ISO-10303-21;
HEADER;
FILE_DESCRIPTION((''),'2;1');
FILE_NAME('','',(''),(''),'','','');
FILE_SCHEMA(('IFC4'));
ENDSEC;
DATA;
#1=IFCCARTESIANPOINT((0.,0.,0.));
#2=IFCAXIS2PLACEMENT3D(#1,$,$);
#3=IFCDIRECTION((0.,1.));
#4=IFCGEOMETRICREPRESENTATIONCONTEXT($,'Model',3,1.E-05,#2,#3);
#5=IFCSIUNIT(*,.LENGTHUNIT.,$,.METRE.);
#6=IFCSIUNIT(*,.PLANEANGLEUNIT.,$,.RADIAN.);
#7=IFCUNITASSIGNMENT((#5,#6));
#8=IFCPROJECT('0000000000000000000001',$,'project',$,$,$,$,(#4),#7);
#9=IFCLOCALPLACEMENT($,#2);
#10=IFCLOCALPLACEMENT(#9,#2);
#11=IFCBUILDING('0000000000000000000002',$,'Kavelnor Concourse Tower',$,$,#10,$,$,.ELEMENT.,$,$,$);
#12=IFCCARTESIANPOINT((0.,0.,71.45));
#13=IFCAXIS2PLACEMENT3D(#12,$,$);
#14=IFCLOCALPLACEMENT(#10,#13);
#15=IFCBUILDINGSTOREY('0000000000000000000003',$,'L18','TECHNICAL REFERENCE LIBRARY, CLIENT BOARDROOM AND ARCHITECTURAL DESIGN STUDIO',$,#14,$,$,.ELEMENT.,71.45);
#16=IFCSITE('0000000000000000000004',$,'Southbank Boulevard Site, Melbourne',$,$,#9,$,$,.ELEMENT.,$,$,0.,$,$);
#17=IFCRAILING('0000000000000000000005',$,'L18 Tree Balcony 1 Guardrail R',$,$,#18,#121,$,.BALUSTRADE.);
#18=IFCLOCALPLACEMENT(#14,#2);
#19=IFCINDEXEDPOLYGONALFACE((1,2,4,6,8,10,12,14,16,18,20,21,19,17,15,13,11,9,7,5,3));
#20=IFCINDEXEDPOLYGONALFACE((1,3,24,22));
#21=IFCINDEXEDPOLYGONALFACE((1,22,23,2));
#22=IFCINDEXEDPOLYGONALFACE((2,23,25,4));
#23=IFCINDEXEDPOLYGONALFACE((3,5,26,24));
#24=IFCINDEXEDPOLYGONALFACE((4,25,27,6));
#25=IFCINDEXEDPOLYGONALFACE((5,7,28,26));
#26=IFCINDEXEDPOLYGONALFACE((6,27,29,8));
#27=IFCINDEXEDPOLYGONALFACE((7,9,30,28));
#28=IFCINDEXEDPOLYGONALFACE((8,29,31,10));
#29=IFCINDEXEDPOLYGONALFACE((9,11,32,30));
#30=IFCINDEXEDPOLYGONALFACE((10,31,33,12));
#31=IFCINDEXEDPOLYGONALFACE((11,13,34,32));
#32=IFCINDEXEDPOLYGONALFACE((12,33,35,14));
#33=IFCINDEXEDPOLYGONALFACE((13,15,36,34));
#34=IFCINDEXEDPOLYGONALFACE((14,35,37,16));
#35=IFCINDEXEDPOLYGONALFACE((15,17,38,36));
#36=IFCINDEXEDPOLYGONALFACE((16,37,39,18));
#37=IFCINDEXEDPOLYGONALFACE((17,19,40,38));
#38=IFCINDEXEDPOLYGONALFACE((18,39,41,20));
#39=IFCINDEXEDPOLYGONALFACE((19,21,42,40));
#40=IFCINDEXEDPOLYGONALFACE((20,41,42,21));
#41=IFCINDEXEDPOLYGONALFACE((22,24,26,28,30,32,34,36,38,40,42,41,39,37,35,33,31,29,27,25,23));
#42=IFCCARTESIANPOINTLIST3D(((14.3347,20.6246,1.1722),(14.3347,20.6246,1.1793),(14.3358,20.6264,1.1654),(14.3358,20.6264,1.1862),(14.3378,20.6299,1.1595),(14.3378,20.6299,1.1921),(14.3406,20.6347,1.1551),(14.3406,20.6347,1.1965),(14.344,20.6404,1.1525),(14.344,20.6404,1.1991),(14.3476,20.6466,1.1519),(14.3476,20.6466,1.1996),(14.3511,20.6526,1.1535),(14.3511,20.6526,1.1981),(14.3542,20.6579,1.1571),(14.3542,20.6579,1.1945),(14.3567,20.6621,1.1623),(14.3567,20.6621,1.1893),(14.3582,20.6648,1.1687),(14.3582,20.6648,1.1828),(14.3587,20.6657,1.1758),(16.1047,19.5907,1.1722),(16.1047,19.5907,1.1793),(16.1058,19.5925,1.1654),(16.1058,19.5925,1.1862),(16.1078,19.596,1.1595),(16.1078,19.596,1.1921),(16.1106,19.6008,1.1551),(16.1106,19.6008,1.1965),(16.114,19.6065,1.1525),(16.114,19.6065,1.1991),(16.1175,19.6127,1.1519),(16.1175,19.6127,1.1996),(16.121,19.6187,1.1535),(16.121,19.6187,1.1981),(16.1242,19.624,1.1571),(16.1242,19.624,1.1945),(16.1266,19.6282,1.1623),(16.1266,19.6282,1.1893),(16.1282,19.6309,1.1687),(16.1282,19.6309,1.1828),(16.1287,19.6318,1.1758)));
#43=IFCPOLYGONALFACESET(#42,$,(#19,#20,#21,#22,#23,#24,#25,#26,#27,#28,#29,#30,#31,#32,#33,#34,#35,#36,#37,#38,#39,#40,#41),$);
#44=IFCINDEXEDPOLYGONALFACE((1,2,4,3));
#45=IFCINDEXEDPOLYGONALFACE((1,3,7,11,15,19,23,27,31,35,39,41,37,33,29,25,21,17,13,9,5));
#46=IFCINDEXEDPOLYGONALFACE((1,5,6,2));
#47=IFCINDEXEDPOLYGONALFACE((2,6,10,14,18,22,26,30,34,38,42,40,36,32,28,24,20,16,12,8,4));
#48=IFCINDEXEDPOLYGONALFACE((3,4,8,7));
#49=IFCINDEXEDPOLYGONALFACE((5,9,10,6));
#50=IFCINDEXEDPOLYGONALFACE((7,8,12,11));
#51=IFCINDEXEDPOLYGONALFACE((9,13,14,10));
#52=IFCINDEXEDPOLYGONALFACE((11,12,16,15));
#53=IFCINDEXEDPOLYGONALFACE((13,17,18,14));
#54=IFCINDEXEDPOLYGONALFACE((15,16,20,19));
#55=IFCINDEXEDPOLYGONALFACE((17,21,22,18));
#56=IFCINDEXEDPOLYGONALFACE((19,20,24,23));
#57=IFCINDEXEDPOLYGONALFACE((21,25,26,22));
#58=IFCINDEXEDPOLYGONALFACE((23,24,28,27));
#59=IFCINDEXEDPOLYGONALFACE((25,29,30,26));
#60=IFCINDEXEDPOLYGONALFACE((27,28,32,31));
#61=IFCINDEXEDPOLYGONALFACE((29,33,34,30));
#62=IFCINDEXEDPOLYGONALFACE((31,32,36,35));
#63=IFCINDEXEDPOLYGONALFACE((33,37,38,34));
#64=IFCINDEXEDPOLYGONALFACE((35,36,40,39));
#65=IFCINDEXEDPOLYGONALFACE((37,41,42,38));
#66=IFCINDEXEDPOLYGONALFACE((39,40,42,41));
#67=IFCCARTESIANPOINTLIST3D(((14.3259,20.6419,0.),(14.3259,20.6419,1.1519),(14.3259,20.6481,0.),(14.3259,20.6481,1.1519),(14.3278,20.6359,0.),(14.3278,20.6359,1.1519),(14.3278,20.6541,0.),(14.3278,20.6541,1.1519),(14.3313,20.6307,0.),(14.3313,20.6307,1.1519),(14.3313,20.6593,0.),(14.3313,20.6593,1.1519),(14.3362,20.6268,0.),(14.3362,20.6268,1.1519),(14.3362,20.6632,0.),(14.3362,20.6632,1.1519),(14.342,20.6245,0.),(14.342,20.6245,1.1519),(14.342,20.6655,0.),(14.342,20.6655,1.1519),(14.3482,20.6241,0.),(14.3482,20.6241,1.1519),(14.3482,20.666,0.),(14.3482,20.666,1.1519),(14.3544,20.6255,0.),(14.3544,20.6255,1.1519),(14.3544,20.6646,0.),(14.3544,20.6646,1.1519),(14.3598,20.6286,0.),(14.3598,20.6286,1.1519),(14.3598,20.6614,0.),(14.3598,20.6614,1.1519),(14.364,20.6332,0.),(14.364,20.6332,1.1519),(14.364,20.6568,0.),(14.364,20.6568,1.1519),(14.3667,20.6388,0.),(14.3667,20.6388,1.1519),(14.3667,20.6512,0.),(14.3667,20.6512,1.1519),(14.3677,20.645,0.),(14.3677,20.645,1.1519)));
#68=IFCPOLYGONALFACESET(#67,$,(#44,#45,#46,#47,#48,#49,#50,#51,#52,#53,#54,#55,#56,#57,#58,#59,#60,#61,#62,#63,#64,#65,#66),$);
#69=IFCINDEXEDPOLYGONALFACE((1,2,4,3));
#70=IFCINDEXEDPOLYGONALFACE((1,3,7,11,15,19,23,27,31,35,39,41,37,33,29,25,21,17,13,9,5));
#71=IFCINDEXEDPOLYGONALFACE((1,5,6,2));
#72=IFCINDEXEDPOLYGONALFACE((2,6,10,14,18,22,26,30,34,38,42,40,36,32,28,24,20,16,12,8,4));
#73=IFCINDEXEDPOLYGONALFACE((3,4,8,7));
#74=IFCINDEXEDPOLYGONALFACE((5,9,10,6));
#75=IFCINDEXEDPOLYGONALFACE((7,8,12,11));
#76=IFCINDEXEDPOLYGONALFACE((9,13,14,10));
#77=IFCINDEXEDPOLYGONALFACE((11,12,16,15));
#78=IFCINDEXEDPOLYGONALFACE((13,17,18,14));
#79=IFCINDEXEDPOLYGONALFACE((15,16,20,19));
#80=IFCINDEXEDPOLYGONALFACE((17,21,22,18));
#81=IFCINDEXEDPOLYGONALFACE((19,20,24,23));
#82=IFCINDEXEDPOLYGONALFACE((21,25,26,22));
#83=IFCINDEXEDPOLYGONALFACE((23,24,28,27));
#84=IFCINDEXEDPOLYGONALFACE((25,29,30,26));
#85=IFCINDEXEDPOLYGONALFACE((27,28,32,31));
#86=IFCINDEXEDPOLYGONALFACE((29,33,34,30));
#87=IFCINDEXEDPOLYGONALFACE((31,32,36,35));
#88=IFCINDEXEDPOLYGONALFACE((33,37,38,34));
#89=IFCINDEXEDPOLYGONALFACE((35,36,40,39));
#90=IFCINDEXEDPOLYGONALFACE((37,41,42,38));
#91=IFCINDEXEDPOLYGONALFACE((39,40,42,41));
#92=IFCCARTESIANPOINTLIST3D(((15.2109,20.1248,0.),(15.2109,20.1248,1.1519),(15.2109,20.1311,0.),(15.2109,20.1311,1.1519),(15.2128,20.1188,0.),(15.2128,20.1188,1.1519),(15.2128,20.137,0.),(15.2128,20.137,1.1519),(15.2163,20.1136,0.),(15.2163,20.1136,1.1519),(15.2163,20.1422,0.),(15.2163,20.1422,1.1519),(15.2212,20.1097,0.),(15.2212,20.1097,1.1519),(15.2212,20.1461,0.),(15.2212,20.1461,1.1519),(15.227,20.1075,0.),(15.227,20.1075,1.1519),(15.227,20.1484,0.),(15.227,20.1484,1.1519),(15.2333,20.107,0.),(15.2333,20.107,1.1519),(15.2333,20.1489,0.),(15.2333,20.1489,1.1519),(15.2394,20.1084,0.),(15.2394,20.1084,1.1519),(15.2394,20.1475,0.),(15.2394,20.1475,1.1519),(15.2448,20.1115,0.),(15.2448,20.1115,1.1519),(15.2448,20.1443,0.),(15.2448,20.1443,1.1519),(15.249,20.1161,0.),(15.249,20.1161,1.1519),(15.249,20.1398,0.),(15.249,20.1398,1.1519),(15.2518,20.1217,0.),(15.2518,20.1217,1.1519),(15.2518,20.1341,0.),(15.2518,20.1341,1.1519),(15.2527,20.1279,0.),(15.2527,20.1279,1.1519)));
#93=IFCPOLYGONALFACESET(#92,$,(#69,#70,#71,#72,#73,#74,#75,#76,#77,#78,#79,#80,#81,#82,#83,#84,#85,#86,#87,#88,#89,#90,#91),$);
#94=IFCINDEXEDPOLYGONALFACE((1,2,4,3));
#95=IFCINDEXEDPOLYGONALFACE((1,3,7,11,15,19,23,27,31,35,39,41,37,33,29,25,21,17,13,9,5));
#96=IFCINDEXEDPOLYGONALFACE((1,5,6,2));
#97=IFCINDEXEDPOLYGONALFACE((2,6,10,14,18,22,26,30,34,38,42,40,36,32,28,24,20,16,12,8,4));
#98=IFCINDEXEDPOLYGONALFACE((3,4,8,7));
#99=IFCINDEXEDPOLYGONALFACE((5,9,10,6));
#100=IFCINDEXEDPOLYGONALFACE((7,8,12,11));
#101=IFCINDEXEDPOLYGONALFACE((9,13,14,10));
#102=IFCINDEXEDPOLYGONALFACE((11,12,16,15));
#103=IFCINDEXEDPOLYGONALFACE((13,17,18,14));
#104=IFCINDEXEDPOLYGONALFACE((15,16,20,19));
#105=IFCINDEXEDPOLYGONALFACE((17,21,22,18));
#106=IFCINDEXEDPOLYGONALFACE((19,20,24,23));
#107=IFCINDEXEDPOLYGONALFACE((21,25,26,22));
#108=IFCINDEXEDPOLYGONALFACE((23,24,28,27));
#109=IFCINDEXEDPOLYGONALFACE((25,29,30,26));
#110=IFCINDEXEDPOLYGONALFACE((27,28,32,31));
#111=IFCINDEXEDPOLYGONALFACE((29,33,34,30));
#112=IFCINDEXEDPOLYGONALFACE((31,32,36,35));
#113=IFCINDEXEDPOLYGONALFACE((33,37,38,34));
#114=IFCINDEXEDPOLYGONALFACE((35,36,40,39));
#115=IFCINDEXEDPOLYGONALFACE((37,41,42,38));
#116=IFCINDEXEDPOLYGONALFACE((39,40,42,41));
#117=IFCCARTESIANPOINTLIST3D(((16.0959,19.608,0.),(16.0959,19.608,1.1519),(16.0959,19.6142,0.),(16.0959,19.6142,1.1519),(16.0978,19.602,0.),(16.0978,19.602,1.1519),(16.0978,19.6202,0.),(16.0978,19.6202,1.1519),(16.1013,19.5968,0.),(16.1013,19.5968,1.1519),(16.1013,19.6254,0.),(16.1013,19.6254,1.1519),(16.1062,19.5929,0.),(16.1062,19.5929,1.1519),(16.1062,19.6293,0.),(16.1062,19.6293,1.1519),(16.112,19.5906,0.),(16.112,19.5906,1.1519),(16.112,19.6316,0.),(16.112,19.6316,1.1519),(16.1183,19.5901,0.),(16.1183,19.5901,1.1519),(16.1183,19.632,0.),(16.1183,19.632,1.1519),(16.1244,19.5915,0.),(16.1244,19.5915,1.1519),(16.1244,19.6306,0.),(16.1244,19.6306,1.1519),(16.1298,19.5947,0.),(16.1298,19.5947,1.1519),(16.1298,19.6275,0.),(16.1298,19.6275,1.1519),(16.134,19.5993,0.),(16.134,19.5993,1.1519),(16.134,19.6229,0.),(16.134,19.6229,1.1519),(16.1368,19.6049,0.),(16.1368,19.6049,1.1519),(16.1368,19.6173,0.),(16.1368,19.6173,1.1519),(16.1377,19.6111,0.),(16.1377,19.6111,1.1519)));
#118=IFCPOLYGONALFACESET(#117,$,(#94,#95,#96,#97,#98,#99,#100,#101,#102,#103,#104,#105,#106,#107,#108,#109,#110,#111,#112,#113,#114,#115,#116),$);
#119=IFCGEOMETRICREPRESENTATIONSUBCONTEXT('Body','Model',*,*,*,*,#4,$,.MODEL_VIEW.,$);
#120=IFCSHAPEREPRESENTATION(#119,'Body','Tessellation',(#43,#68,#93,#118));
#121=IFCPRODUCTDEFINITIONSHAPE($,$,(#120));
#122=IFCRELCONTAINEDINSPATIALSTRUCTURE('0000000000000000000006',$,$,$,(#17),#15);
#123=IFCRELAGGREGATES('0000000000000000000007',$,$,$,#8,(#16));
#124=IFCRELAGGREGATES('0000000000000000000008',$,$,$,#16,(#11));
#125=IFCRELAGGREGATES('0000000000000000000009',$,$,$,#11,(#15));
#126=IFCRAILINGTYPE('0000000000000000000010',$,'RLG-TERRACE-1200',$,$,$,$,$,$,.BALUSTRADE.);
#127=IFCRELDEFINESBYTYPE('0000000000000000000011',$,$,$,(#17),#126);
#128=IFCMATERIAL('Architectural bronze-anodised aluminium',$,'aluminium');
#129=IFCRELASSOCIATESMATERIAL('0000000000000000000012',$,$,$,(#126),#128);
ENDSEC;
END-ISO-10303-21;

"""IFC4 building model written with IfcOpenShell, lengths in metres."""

from ifc_helpers import new_model, si_unit, direction, frame, origin, origin_2d, place, context, subcontext, project, spatial, circle, extrude, material, type_object, element, save


model = new_model("IFC4")

# Units and contexts
model_context = context("Model", 3, precision=1e-05, world=origin(), true_north=direction((0.0, 1.0)))
body_context = subcontext(model_context, "Body", "Model", "MODEL_VIEW")
ifc_project = project(units=[si_unit("LENGTHUNIT", "METRE"), si_unit("PLANEANGLEUNIT", "RADIAN")], contexts=[model_context])

# Site, building, storey
site_placement = place(None, origin())
site = spatial("IfcSite", under=ifc_project, at=site_placement, Name="Southbank Boulevard Site, Melbourne", CompositionType="ELEMENT", RefElevation=0.0)
building_placement = place(site_placement, origin())
building = spatial("IfcBuilding", under=site, at=building_placement, Name="Kavelnor Concourse Tower", CompositionType="ELEMENT")
storey_placement = place(building_placement, frame((0.0, 0.0, 71.45)))
storey = spatial("IfcBuildingStorey", under=building, at=storey_placement, Name="L18", Description="TECHNICAL REFERENCE LIBRARY, CLIENT BOARDROOM AND ARCHITECTURAL DESIGN STUDIO", CompositionType="ELEMENT", Elevation=71.45)

# Railing
ifc_material_1 = material(Name="Architectural bronze-anodised aluminium", Category="aluminium")
railing_type = type_object("IfcRailingType", Name="RLG-TERRACE-1200", PredefinedType="BALUSTRADE", material=ifc_material_1)
railing_1_placement = place(storey_placement, frame((14.3467, 20.645, 0.0)))
element("IfcRailing", 1, at=railing_1_placement, inside=storey, type_object=railing_type, Name="L18 Tree Balcony 1 Guardrail R", PredefinedType="BALUSTRADE", context=body_context, shape_type="SweptSolid", body=[
    extrude(circle(Radius=0.0239, at=origin_2d()), frame((0.0, 0.0, 1.1758), z_axis=(0.863476, -0.504389, 0.0), x_axis=(0.504389, 0.863476, 0.0)), (0.0, 0.0, 1.0), 2.0498),
    extrude(circle(Radius=0.021, at=origin_2d()), origin(), (0.0, 0.0, 1.0), 1.1519),
    extrude(circle(Radius=0.021, at=origin_2d()), frame((0.885, -0.5171, 0.0)), (0.0, 0.0, 1.0), 1.1519),
    extrude(circle(Radius=0.021, at=origin_2d()), frame((1.77, -1.0339, 0.0)), (0.0, 0.0, 1.0), 1.1519),
])

save(model, "model.ifc")
